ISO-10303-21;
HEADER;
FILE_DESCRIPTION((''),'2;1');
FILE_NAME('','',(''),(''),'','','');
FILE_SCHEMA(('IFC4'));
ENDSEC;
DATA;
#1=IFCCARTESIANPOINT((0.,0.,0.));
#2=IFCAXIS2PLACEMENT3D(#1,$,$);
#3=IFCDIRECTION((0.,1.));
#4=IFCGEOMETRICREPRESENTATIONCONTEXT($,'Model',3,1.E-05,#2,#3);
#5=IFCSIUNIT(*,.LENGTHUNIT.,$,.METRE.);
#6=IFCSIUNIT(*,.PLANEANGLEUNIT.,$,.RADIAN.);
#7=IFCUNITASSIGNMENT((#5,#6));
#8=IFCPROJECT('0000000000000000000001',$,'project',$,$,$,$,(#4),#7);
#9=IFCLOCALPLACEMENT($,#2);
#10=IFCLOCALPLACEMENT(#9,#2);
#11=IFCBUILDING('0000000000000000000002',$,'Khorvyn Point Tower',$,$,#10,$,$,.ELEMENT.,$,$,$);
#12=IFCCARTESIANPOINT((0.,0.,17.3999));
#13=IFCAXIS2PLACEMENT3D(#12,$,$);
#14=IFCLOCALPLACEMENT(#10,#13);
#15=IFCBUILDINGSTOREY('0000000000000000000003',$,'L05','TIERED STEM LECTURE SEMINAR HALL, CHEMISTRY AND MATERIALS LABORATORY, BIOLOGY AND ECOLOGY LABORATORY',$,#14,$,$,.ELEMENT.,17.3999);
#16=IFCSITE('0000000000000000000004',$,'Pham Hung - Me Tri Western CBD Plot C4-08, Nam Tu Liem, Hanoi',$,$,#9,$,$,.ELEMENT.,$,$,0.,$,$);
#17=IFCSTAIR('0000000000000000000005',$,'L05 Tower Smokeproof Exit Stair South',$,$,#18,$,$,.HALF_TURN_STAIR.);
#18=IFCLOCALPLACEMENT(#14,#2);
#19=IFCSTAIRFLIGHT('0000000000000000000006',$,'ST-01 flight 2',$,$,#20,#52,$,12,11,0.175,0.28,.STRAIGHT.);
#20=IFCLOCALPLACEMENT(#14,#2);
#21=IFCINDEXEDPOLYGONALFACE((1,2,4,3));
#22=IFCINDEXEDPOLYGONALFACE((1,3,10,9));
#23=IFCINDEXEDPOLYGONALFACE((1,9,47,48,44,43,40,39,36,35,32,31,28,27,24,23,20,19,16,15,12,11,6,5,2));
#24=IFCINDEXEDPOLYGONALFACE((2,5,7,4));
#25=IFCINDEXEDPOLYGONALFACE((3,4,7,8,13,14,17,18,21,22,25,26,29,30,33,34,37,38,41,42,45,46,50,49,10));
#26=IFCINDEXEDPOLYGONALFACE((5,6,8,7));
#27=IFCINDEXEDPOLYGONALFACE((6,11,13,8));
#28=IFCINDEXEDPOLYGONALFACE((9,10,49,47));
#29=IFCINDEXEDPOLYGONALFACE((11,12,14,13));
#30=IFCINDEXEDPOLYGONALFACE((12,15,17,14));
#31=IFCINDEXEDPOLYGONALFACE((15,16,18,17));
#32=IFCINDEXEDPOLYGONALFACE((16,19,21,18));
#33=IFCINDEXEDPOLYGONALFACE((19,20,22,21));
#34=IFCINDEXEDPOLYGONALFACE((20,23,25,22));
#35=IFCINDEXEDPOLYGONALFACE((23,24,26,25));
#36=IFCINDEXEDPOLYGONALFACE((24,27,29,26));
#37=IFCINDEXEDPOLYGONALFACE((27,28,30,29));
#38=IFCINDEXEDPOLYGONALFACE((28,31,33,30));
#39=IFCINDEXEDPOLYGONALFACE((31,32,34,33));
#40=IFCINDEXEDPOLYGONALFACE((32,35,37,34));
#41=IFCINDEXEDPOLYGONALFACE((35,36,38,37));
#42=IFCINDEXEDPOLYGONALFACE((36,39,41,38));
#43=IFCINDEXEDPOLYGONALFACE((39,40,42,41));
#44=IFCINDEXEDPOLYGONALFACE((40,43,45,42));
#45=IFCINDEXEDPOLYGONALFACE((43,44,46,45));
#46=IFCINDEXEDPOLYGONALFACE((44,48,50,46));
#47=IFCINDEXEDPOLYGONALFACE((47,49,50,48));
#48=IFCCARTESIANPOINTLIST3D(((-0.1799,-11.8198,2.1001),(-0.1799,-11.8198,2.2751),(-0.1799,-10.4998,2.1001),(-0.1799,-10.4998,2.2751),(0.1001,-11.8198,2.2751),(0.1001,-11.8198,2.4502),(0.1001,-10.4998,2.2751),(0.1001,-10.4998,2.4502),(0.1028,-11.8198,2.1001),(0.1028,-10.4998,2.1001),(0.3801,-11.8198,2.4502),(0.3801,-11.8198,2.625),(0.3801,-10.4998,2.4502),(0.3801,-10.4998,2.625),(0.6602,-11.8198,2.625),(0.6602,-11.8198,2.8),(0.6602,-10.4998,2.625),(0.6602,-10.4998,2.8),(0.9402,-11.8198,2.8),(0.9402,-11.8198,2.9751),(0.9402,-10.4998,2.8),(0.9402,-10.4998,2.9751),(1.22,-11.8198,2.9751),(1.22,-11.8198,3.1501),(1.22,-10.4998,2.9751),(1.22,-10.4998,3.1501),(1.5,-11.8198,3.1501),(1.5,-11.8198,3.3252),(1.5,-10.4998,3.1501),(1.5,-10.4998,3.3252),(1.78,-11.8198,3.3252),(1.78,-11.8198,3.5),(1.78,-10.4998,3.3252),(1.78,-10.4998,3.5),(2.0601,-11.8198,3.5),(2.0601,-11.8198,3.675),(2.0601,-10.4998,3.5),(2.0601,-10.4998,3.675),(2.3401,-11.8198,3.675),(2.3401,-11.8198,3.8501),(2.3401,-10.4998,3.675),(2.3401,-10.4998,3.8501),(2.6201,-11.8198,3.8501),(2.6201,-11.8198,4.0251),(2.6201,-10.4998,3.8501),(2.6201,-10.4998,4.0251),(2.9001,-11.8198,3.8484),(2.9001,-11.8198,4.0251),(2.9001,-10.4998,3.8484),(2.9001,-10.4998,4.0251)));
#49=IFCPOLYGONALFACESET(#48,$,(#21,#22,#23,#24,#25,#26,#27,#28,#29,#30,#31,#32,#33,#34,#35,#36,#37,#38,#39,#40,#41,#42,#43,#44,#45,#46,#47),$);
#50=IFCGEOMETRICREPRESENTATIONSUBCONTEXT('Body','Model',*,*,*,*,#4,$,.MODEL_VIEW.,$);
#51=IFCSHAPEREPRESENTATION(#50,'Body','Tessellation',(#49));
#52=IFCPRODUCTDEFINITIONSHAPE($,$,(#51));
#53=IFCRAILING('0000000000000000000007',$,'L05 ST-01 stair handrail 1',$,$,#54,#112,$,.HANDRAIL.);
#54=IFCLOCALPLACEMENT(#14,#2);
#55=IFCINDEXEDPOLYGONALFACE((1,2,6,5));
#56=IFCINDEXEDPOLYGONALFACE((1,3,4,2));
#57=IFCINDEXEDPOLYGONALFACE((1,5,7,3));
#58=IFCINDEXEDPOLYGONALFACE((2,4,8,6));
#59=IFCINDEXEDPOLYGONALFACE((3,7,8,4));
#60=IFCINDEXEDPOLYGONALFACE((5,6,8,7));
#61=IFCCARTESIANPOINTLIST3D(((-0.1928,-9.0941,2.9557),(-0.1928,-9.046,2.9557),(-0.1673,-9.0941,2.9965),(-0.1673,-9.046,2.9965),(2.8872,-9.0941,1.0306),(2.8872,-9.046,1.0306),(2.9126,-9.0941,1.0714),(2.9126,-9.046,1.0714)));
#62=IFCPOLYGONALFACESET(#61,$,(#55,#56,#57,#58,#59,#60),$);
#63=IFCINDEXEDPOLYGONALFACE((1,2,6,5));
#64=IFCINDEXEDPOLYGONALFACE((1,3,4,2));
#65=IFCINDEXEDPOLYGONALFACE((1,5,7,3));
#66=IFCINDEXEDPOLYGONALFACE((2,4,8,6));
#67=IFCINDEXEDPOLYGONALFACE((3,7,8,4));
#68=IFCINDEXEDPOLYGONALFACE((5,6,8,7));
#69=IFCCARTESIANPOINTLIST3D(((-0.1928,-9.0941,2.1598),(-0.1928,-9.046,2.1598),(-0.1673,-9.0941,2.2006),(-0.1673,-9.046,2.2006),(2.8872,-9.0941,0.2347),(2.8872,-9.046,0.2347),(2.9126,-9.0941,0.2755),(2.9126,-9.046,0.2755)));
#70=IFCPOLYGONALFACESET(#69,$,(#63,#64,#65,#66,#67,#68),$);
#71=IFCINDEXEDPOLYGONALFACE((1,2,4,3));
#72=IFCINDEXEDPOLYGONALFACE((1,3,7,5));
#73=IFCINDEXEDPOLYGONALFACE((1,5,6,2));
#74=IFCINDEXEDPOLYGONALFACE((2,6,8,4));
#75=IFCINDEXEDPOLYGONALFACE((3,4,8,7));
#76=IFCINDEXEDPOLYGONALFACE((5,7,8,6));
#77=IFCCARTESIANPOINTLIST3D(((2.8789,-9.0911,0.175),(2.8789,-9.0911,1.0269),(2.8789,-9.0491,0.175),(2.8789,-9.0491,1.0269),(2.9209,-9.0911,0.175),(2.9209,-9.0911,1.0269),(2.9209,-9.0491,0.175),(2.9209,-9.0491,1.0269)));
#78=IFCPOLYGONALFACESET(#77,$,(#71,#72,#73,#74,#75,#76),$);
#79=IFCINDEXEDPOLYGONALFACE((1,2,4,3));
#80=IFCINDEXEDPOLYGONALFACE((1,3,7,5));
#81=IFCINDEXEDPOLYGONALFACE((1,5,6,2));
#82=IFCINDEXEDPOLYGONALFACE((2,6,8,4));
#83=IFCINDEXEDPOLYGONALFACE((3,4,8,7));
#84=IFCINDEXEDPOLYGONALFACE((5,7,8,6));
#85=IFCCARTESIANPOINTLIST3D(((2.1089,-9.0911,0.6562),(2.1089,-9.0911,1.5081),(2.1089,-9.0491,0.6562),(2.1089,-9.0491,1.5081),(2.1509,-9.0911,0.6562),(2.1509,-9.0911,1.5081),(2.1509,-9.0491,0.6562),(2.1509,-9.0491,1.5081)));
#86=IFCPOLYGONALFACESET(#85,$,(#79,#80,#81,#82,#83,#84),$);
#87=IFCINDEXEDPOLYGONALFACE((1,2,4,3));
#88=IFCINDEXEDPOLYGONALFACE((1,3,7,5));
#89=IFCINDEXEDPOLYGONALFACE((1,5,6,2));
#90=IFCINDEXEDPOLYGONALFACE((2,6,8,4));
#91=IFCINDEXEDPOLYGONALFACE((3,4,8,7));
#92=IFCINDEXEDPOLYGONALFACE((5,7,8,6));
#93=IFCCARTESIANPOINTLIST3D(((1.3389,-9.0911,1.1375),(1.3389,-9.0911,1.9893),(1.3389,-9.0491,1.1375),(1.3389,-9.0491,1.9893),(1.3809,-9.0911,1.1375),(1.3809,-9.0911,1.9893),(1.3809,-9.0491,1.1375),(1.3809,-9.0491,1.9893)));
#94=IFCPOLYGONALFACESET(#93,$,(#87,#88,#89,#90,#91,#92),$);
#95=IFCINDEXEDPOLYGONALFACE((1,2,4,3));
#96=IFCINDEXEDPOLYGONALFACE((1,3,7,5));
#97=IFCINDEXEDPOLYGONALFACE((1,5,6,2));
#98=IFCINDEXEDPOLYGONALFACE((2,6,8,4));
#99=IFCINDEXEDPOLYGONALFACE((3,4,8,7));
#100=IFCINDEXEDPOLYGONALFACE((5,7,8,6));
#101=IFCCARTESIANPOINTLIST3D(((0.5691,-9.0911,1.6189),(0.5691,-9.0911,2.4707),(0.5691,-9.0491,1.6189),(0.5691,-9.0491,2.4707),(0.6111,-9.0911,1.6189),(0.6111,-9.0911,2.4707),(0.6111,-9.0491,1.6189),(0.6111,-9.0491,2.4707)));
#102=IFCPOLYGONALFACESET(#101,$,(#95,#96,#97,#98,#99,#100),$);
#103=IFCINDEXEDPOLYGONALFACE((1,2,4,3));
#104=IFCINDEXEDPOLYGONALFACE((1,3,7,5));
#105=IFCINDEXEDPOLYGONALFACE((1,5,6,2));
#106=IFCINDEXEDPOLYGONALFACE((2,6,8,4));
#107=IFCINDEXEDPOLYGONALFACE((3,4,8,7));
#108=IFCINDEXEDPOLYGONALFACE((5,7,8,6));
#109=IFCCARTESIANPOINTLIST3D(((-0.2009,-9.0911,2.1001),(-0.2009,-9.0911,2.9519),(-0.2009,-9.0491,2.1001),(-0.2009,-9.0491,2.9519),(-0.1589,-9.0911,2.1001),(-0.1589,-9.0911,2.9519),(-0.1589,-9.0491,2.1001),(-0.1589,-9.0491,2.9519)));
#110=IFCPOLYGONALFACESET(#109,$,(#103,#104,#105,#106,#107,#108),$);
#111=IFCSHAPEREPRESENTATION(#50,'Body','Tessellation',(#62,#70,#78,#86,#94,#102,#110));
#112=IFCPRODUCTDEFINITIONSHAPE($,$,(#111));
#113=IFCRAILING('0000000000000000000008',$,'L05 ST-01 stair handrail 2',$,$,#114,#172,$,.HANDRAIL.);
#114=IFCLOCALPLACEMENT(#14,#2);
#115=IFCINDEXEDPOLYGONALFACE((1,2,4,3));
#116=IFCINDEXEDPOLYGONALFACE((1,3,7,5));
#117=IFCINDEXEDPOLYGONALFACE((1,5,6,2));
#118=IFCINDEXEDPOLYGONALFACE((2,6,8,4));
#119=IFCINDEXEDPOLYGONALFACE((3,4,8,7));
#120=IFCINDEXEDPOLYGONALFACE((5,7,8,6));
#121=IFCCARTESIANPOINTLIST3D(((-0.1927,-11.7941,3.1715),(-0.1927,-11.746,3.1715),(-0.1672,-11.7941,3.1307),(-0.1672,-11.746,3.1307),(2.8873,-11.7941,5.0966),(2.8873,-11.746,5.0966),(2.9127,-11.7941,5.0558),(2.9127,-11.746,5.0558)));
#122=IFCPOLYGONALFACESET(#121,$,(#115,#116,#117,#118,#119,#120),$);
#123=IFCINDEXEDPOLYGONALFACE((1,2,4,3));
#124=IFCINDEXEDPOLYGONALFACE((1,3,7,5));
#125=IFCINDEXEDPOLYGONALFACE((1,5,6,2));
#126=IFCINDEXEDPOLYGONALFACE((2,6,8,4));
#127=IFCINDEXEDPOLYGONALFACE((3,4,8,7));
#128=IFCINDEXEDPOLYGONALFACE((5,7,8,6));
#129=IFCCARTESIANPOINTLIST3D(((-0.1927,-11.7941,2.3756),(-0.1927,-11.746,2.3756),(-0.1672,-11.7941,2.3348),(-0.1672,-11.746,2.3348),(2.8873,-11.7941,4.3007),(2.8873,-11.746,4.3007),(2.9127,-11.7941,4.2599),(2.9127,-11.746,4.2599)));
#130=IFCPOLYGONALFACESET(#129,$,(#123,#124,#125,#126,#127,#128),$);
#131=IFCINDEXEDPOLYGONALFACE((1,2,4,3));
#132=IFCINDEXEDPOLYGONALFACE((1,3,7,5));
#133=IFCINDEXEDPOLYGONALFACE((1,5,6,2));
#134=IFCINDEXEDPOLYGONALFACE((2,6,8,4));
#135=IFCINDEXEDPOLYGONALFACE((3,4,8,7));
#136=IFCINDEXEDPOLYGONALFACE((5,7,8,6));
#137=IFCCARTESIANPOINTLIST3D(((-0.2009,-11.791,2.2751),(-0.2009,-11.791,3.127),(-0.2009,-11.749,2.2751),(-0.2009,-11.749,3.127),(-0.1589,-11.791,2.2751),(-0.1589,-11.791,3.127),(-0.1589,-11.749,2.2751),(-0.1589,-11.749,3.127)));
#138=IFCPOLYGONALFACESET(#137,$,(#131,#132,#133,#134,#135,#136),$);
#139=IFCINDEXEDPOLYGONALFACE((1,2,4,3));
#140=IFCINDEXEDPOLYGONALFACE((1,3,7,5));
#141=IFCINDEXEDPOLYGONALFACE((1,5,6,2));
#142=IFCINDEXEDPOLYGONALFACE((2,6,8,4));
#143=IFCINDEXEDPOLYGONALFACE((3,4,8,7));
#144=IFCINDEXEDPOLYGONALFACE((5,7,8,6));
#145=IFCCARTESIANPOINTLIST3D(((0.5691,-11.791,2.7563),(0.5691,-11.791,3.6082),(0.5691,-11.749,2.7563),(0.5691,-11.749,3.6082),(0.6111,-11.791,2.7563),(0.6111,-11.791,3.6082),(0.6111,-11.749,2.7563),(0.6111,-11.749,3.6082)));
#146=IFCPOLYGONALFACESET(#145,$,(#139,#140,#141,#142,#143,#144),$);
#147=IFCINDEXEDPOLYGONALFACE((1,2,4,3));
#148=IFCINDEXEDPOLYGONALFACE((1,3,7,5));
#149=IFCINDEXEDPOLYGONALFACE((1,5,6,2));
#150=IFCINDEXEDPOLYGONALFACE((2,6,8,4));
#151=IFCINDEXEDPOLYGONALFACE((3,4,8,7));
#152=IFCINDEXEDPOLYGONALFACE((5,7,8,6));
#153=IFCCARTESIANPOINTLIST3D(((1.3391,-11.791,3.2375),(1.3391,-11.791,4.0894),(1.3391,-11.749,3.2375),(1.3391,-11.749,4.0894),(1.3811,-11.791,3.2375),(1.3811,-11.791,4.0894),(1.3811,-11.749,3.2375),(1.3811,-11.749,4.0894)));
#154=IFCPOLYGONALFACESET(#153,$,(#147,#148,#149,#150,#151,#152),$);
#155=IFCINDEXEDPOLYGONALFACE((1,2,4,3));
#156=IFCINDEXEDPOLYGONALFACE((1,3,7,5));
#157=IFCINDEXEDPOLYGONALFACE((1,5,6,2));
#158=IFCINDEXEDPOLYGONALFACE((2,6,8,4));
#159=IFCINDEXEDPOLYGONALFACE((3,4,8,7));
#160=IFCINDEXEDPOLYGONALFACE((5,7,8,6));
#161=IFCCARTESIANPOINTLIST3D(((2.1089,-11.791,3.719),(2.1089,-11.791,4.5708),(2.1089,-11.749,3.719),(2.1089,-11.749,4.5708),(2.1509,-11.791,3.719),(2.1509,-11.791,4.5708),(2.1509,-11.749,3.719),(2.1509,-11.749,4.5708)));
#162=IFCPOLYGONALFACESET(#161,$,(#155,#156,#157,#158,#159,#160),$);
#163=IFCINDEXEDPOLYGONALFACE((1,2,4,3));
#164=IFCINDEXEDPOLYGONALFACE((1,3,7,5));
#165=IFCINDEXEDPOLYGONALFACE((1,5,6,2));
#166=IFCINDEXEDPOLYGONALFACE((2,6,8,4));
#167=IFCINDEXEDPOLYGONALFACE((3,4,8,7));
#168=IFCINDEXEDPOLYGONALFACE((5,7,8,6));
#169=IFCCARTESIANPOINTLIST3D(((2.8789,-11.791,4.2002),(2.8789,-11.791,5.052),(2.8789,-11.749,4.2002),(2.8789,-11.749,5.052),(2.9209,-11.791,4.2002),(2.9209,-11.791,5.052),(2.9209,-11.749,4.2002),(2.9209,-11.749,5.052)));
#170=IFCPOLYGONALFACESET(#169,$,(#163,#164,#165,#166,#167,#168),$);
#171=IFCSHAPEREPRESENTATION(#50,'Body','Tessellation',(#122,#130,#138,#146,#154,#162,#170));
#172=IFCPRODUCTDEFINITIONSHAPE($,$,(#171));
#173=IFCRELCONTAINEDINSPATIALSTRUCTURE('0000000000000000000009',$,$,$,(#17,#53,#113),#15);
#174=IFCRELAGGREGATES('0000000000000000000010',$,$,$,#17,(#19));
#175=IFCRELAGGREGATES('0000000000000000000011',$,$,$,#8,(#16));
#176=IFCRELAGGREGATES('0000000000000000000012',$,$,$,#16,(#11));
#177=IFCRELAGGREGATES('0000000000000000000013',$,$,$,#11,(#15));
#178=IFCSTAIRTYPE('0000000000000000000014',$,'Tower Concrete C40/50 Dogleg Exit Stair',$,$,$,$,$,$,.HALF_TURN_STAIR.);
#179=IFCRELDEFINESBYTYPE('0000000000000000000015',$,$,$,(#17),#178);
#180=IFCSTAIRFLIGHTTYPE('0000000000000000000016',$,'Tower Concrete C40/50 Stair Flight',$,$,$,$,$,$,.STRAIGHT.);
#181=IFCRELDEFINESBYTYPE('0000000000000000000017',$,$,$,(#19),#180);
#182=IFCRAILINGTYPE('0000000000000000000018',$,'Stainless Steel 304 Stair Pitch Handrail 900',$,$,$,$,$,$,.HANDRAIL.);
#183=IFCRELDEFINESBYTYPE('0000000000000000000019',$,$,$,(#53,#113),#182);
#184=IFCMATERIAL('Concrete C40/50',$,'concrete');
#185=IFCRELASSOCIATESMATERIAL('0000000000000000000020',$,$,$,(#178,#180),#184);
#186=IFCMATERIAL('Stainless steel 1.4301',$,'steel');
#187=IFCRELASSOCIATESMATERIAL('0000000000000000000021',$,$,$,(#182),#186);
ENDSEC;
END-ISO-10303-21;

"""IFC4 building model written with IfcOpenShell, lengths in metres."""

from ifc_helpers import new_model, si_unit, direction, frame, origin, origin_2d, place, context, subcontext, project, spatial, polyline, rectangle, outline, extrude, material, type_object, element, aggregate, save


model = new_model("IFC4")

# Units and contexts
model_context = context("Model", 3, precision=1e-05, world=origin(), true_north=direction((0.0, 1.0)))
body_context = subcontext(model_context, "Body", "Model", "MODEL_VIEW")
ifc_project = project(units=[si_unit("LENGTHUNIT", "METRE"), si_unit("PLANEANGLEUNIT", "RADIAN")], contexts=[model_context])

# Site, building, storey
site_placement = place(None, origin())
site = spatial("IfcSite", under=ifc_project, at=site_placement, Name="Pham Hung - Me Tri Western CBD Plot C4-08, Nam Tu Liem, Hanoi", CompositionType="ELEMENT", RefElevation=0.0)
building_placement = place(site_placement, origin())
building = spatial("IfcBuilding", under=site, at=building_placement, Name="Khorvyn Point Tower", CompositionType="ELEMENT")
storey_placement = place(building_placement, frame((0.0, 0.0, 17.3999)))
storey = spatial("IfcBuildingStorey", under=building, at=storey_placement, Name="L05", Description="TIERED STEM LECTURE SEMINAR HALL, CHEMISTRY AND MATERIALS LABORATORY, BIOLOGY AND ECOLOGY LABORATORY", CompositionType="ELEMENT", Elevation=17.3999)

# Shared definitions
ifc_material_1 = material(Name="Concrete C40/50", Category="concrete")

# Stair, stair flight
stair_type = type_object("IfcStairType", Name="Tower Concrete C40/50 Dogleg Exit Stair", PredefinedType="HALF_TURN_STAIR", material=ifc_material_1)
stair_placement = place(storey_placement, origin())
stair = element("IfcStair", 1, at=stair_placement, inside=storey, type_object=stair_type, Name="L05 Tower Smokeproof Exit Stair South", PredefinedType="HALF_TURN_STAIR")
stair_flight_type = type_object("IfcStairFlightType", Name="Tower Concrete C40/50 Stair Flight", PredefinedType="STRAIGHT", material=ifc_material_1)
stair_flight_1_placement = place(storey_placement, frame((-0.1799, -11.1599, 2.1001), z_axis=(0.0, 0.0, 1.0), x_axis=(1.0, 0.0, 0.0)))
stair_flight_1 = element("IfcStairFlight", 2, at=stair_flight_1_placement, type_object=stair_flight_type, Name="ST-01 flight 2", NumberOfRisers=12, NumberOfTreads=11, PredefinedType="STRAIGHT", RiserHeight=0.175, TreadLength=0.28, context=body_context, shape_type="SweptSolid", body=[
    extrude(outline(polyline([(0.0, 0.0), (0.0, 0.175), (0.28, 0.175), (0.28, 0.3501), (0.5601, 0.3501), (0.5601, 0.5249), (0.8401, 0.5249), (0.8401, 0.7), (1.1201, 0.7), (1.1201, 0.875), (1.3999, 0.875), (1.3999, 1.05), (1.6799, 1.05), (1.6799, 1.2251), (1.96, 1.2251), (1.96, 1.3999), (2.24, 1.3999), (2.24, 1.575), (2.52, 1.575), (2.52, 1.75), (2.8, 1.75), (2.8, 1.925), (3.0801, 1.925), (3.0801, 2.1001), (3.0801, 1.7483), (0.2827, 0.0), (0.0, 0.0)])), frame((0.0, 0.6602, 0.0), z_axis=(0.0, -1.0, 0.0), x_axis=(1.0, 0.0, 0.0)), (0.0, 0.0, 1.0), 1.3201),
])
aggregate(stair, [stair_flight_1])

# Railings
ifc_material_2 = material(Name="Stainless steel 1.4301", Category="steel")
railing_type_1 = type_object("IfcRailingType", Name="Stainless Steel 304 Stair Pitch Handrail 900", PredefinedType="HANDRAIL", material=ifc_material_2)
railing_1_placement = place(storey_placement, frame((2.8999, -9.0701, 0.175)))
element("IfcRailing", 3, at=railing_1_placement, inside=storey, type_object=railing_type_1, Name="L05 ST-01 stair handrail 1", PredefinedType="HANDRAIL", context=body_context, shape_type="SweptSolid", body=[
    extrude(rectangle(XDim=0.0481, YDim=0.0481, at=origin_2d()), frame((0.0, 0.0, 0.876), z_axis=(-0.847979, 0.0, 0.530029), x_axis=(0.0, -1.0, 0.0)), (0.0, 0.0, 1.0), 3.6321),
    extrude(rectangle(XDim=0.0481, YDim=0.0481, at=origin_2d()), frame((0.0, 0.0, 0.0801), z_axis=(-0.847979, 0.0, 0.530029), x_axis=(0.0, -1.0, 0.0)), (0.0, 0.0, 1.0), 3.6321),
    extrude(rectangle(XDim=0.042, YDim=0.042, at=origin_2d()), origin(), (0.0, 0.0, 1.0), 0.8518),
    extrude(rectangle(XDim=0.042, YDim=0.042, at=origin_2d()), frame((-0.77, 0.0, 0.4812)), (0.0, 0.0, 1.0), 0.8518),
    extrude(rectangle(XDim=0.042, YDim=0.042, at=origin_2d()), frame((-1.54, 0.0, 0.9624)), (0.0, 0.0, 1.0), 0.8518),
    extrude(rectangle(XDim=0.042, YDim=0.042, at=origin_2d()), frame((-2.3098, 0.0, 1.4438)), (0.0, 0.0, 1.0), 0.8518),
    extrude(rectangle(XDim=0.042, YDim=0.042, at=origin_2d()), frame((-3.0798, 0.0, 1.925)), (0.0, 0.0, 1.0), 0.8518),
])
railing_2_placement = place(storey_placement, frame((-0.1799, -11.77, 2.2751)))
element("IfcRailing", 4, at=railing_2_placement, inside=storey, type_object=railing_type_1, Name="L05 ST-01 stair handrail 2", PredefinedType="HANDRAIL", context=body_context, shape_type="SweptSolid", body=[
    extrude(rectangle(XDim=0.0481, YDim=0.0481, at=origin_2d()), frame((0.0, 0.0, 0.876), z_axis=(0.847979, 0.0, 0.530029), x_axis=(0.0, 1.0, 0.0)), (0.0, 0.0, 1.0), 3.6321),
    extrude(rectangle(XDim=0.0481, YDim=0.0481, at=origin_2d()), frame((0.0, 0.0, 0.0801), z_axis=(0.847979, 0.0, 0.530029), x_axis=(0.0, 1.0, 0.0)), (0.0, 0.0, 1.0), 3.6321),
    extrude(rectangle(XDim=0.042, YDim=0.042, at=origin_2d()), origin(), (0.0, 0.0, 1.0), 0.8518),
    extrude(rectangle(XDim=0.042, YDim=0.042, at=origin_2d()), frame((0.77, 0.0, 0.4812)), (0.0, 0.0, 1.0), 0.8518),
    extrude(rectangle(XDim=0.042, YDim=0.042, at=origin_2d()), frame((1.54, 0.0, 0.9624)), (0.0, 0.0, 1.0), 0.8518),
    extrude(rectangle(XDim=0.042, YDim=0.042, at=origin_2d()), frame((2.3098, 0.0, 1.4438)), (0.0, 0.0, 1.0), 0.8518),
    extrude(rectangle(XDim=0.042, YDim=0.042, at=origin_2d()), frame((3.0798, 0.0, 1.925)), (0.0, 0.0, 1.0), 0.8518),
])

save(model, "model.ifc")
